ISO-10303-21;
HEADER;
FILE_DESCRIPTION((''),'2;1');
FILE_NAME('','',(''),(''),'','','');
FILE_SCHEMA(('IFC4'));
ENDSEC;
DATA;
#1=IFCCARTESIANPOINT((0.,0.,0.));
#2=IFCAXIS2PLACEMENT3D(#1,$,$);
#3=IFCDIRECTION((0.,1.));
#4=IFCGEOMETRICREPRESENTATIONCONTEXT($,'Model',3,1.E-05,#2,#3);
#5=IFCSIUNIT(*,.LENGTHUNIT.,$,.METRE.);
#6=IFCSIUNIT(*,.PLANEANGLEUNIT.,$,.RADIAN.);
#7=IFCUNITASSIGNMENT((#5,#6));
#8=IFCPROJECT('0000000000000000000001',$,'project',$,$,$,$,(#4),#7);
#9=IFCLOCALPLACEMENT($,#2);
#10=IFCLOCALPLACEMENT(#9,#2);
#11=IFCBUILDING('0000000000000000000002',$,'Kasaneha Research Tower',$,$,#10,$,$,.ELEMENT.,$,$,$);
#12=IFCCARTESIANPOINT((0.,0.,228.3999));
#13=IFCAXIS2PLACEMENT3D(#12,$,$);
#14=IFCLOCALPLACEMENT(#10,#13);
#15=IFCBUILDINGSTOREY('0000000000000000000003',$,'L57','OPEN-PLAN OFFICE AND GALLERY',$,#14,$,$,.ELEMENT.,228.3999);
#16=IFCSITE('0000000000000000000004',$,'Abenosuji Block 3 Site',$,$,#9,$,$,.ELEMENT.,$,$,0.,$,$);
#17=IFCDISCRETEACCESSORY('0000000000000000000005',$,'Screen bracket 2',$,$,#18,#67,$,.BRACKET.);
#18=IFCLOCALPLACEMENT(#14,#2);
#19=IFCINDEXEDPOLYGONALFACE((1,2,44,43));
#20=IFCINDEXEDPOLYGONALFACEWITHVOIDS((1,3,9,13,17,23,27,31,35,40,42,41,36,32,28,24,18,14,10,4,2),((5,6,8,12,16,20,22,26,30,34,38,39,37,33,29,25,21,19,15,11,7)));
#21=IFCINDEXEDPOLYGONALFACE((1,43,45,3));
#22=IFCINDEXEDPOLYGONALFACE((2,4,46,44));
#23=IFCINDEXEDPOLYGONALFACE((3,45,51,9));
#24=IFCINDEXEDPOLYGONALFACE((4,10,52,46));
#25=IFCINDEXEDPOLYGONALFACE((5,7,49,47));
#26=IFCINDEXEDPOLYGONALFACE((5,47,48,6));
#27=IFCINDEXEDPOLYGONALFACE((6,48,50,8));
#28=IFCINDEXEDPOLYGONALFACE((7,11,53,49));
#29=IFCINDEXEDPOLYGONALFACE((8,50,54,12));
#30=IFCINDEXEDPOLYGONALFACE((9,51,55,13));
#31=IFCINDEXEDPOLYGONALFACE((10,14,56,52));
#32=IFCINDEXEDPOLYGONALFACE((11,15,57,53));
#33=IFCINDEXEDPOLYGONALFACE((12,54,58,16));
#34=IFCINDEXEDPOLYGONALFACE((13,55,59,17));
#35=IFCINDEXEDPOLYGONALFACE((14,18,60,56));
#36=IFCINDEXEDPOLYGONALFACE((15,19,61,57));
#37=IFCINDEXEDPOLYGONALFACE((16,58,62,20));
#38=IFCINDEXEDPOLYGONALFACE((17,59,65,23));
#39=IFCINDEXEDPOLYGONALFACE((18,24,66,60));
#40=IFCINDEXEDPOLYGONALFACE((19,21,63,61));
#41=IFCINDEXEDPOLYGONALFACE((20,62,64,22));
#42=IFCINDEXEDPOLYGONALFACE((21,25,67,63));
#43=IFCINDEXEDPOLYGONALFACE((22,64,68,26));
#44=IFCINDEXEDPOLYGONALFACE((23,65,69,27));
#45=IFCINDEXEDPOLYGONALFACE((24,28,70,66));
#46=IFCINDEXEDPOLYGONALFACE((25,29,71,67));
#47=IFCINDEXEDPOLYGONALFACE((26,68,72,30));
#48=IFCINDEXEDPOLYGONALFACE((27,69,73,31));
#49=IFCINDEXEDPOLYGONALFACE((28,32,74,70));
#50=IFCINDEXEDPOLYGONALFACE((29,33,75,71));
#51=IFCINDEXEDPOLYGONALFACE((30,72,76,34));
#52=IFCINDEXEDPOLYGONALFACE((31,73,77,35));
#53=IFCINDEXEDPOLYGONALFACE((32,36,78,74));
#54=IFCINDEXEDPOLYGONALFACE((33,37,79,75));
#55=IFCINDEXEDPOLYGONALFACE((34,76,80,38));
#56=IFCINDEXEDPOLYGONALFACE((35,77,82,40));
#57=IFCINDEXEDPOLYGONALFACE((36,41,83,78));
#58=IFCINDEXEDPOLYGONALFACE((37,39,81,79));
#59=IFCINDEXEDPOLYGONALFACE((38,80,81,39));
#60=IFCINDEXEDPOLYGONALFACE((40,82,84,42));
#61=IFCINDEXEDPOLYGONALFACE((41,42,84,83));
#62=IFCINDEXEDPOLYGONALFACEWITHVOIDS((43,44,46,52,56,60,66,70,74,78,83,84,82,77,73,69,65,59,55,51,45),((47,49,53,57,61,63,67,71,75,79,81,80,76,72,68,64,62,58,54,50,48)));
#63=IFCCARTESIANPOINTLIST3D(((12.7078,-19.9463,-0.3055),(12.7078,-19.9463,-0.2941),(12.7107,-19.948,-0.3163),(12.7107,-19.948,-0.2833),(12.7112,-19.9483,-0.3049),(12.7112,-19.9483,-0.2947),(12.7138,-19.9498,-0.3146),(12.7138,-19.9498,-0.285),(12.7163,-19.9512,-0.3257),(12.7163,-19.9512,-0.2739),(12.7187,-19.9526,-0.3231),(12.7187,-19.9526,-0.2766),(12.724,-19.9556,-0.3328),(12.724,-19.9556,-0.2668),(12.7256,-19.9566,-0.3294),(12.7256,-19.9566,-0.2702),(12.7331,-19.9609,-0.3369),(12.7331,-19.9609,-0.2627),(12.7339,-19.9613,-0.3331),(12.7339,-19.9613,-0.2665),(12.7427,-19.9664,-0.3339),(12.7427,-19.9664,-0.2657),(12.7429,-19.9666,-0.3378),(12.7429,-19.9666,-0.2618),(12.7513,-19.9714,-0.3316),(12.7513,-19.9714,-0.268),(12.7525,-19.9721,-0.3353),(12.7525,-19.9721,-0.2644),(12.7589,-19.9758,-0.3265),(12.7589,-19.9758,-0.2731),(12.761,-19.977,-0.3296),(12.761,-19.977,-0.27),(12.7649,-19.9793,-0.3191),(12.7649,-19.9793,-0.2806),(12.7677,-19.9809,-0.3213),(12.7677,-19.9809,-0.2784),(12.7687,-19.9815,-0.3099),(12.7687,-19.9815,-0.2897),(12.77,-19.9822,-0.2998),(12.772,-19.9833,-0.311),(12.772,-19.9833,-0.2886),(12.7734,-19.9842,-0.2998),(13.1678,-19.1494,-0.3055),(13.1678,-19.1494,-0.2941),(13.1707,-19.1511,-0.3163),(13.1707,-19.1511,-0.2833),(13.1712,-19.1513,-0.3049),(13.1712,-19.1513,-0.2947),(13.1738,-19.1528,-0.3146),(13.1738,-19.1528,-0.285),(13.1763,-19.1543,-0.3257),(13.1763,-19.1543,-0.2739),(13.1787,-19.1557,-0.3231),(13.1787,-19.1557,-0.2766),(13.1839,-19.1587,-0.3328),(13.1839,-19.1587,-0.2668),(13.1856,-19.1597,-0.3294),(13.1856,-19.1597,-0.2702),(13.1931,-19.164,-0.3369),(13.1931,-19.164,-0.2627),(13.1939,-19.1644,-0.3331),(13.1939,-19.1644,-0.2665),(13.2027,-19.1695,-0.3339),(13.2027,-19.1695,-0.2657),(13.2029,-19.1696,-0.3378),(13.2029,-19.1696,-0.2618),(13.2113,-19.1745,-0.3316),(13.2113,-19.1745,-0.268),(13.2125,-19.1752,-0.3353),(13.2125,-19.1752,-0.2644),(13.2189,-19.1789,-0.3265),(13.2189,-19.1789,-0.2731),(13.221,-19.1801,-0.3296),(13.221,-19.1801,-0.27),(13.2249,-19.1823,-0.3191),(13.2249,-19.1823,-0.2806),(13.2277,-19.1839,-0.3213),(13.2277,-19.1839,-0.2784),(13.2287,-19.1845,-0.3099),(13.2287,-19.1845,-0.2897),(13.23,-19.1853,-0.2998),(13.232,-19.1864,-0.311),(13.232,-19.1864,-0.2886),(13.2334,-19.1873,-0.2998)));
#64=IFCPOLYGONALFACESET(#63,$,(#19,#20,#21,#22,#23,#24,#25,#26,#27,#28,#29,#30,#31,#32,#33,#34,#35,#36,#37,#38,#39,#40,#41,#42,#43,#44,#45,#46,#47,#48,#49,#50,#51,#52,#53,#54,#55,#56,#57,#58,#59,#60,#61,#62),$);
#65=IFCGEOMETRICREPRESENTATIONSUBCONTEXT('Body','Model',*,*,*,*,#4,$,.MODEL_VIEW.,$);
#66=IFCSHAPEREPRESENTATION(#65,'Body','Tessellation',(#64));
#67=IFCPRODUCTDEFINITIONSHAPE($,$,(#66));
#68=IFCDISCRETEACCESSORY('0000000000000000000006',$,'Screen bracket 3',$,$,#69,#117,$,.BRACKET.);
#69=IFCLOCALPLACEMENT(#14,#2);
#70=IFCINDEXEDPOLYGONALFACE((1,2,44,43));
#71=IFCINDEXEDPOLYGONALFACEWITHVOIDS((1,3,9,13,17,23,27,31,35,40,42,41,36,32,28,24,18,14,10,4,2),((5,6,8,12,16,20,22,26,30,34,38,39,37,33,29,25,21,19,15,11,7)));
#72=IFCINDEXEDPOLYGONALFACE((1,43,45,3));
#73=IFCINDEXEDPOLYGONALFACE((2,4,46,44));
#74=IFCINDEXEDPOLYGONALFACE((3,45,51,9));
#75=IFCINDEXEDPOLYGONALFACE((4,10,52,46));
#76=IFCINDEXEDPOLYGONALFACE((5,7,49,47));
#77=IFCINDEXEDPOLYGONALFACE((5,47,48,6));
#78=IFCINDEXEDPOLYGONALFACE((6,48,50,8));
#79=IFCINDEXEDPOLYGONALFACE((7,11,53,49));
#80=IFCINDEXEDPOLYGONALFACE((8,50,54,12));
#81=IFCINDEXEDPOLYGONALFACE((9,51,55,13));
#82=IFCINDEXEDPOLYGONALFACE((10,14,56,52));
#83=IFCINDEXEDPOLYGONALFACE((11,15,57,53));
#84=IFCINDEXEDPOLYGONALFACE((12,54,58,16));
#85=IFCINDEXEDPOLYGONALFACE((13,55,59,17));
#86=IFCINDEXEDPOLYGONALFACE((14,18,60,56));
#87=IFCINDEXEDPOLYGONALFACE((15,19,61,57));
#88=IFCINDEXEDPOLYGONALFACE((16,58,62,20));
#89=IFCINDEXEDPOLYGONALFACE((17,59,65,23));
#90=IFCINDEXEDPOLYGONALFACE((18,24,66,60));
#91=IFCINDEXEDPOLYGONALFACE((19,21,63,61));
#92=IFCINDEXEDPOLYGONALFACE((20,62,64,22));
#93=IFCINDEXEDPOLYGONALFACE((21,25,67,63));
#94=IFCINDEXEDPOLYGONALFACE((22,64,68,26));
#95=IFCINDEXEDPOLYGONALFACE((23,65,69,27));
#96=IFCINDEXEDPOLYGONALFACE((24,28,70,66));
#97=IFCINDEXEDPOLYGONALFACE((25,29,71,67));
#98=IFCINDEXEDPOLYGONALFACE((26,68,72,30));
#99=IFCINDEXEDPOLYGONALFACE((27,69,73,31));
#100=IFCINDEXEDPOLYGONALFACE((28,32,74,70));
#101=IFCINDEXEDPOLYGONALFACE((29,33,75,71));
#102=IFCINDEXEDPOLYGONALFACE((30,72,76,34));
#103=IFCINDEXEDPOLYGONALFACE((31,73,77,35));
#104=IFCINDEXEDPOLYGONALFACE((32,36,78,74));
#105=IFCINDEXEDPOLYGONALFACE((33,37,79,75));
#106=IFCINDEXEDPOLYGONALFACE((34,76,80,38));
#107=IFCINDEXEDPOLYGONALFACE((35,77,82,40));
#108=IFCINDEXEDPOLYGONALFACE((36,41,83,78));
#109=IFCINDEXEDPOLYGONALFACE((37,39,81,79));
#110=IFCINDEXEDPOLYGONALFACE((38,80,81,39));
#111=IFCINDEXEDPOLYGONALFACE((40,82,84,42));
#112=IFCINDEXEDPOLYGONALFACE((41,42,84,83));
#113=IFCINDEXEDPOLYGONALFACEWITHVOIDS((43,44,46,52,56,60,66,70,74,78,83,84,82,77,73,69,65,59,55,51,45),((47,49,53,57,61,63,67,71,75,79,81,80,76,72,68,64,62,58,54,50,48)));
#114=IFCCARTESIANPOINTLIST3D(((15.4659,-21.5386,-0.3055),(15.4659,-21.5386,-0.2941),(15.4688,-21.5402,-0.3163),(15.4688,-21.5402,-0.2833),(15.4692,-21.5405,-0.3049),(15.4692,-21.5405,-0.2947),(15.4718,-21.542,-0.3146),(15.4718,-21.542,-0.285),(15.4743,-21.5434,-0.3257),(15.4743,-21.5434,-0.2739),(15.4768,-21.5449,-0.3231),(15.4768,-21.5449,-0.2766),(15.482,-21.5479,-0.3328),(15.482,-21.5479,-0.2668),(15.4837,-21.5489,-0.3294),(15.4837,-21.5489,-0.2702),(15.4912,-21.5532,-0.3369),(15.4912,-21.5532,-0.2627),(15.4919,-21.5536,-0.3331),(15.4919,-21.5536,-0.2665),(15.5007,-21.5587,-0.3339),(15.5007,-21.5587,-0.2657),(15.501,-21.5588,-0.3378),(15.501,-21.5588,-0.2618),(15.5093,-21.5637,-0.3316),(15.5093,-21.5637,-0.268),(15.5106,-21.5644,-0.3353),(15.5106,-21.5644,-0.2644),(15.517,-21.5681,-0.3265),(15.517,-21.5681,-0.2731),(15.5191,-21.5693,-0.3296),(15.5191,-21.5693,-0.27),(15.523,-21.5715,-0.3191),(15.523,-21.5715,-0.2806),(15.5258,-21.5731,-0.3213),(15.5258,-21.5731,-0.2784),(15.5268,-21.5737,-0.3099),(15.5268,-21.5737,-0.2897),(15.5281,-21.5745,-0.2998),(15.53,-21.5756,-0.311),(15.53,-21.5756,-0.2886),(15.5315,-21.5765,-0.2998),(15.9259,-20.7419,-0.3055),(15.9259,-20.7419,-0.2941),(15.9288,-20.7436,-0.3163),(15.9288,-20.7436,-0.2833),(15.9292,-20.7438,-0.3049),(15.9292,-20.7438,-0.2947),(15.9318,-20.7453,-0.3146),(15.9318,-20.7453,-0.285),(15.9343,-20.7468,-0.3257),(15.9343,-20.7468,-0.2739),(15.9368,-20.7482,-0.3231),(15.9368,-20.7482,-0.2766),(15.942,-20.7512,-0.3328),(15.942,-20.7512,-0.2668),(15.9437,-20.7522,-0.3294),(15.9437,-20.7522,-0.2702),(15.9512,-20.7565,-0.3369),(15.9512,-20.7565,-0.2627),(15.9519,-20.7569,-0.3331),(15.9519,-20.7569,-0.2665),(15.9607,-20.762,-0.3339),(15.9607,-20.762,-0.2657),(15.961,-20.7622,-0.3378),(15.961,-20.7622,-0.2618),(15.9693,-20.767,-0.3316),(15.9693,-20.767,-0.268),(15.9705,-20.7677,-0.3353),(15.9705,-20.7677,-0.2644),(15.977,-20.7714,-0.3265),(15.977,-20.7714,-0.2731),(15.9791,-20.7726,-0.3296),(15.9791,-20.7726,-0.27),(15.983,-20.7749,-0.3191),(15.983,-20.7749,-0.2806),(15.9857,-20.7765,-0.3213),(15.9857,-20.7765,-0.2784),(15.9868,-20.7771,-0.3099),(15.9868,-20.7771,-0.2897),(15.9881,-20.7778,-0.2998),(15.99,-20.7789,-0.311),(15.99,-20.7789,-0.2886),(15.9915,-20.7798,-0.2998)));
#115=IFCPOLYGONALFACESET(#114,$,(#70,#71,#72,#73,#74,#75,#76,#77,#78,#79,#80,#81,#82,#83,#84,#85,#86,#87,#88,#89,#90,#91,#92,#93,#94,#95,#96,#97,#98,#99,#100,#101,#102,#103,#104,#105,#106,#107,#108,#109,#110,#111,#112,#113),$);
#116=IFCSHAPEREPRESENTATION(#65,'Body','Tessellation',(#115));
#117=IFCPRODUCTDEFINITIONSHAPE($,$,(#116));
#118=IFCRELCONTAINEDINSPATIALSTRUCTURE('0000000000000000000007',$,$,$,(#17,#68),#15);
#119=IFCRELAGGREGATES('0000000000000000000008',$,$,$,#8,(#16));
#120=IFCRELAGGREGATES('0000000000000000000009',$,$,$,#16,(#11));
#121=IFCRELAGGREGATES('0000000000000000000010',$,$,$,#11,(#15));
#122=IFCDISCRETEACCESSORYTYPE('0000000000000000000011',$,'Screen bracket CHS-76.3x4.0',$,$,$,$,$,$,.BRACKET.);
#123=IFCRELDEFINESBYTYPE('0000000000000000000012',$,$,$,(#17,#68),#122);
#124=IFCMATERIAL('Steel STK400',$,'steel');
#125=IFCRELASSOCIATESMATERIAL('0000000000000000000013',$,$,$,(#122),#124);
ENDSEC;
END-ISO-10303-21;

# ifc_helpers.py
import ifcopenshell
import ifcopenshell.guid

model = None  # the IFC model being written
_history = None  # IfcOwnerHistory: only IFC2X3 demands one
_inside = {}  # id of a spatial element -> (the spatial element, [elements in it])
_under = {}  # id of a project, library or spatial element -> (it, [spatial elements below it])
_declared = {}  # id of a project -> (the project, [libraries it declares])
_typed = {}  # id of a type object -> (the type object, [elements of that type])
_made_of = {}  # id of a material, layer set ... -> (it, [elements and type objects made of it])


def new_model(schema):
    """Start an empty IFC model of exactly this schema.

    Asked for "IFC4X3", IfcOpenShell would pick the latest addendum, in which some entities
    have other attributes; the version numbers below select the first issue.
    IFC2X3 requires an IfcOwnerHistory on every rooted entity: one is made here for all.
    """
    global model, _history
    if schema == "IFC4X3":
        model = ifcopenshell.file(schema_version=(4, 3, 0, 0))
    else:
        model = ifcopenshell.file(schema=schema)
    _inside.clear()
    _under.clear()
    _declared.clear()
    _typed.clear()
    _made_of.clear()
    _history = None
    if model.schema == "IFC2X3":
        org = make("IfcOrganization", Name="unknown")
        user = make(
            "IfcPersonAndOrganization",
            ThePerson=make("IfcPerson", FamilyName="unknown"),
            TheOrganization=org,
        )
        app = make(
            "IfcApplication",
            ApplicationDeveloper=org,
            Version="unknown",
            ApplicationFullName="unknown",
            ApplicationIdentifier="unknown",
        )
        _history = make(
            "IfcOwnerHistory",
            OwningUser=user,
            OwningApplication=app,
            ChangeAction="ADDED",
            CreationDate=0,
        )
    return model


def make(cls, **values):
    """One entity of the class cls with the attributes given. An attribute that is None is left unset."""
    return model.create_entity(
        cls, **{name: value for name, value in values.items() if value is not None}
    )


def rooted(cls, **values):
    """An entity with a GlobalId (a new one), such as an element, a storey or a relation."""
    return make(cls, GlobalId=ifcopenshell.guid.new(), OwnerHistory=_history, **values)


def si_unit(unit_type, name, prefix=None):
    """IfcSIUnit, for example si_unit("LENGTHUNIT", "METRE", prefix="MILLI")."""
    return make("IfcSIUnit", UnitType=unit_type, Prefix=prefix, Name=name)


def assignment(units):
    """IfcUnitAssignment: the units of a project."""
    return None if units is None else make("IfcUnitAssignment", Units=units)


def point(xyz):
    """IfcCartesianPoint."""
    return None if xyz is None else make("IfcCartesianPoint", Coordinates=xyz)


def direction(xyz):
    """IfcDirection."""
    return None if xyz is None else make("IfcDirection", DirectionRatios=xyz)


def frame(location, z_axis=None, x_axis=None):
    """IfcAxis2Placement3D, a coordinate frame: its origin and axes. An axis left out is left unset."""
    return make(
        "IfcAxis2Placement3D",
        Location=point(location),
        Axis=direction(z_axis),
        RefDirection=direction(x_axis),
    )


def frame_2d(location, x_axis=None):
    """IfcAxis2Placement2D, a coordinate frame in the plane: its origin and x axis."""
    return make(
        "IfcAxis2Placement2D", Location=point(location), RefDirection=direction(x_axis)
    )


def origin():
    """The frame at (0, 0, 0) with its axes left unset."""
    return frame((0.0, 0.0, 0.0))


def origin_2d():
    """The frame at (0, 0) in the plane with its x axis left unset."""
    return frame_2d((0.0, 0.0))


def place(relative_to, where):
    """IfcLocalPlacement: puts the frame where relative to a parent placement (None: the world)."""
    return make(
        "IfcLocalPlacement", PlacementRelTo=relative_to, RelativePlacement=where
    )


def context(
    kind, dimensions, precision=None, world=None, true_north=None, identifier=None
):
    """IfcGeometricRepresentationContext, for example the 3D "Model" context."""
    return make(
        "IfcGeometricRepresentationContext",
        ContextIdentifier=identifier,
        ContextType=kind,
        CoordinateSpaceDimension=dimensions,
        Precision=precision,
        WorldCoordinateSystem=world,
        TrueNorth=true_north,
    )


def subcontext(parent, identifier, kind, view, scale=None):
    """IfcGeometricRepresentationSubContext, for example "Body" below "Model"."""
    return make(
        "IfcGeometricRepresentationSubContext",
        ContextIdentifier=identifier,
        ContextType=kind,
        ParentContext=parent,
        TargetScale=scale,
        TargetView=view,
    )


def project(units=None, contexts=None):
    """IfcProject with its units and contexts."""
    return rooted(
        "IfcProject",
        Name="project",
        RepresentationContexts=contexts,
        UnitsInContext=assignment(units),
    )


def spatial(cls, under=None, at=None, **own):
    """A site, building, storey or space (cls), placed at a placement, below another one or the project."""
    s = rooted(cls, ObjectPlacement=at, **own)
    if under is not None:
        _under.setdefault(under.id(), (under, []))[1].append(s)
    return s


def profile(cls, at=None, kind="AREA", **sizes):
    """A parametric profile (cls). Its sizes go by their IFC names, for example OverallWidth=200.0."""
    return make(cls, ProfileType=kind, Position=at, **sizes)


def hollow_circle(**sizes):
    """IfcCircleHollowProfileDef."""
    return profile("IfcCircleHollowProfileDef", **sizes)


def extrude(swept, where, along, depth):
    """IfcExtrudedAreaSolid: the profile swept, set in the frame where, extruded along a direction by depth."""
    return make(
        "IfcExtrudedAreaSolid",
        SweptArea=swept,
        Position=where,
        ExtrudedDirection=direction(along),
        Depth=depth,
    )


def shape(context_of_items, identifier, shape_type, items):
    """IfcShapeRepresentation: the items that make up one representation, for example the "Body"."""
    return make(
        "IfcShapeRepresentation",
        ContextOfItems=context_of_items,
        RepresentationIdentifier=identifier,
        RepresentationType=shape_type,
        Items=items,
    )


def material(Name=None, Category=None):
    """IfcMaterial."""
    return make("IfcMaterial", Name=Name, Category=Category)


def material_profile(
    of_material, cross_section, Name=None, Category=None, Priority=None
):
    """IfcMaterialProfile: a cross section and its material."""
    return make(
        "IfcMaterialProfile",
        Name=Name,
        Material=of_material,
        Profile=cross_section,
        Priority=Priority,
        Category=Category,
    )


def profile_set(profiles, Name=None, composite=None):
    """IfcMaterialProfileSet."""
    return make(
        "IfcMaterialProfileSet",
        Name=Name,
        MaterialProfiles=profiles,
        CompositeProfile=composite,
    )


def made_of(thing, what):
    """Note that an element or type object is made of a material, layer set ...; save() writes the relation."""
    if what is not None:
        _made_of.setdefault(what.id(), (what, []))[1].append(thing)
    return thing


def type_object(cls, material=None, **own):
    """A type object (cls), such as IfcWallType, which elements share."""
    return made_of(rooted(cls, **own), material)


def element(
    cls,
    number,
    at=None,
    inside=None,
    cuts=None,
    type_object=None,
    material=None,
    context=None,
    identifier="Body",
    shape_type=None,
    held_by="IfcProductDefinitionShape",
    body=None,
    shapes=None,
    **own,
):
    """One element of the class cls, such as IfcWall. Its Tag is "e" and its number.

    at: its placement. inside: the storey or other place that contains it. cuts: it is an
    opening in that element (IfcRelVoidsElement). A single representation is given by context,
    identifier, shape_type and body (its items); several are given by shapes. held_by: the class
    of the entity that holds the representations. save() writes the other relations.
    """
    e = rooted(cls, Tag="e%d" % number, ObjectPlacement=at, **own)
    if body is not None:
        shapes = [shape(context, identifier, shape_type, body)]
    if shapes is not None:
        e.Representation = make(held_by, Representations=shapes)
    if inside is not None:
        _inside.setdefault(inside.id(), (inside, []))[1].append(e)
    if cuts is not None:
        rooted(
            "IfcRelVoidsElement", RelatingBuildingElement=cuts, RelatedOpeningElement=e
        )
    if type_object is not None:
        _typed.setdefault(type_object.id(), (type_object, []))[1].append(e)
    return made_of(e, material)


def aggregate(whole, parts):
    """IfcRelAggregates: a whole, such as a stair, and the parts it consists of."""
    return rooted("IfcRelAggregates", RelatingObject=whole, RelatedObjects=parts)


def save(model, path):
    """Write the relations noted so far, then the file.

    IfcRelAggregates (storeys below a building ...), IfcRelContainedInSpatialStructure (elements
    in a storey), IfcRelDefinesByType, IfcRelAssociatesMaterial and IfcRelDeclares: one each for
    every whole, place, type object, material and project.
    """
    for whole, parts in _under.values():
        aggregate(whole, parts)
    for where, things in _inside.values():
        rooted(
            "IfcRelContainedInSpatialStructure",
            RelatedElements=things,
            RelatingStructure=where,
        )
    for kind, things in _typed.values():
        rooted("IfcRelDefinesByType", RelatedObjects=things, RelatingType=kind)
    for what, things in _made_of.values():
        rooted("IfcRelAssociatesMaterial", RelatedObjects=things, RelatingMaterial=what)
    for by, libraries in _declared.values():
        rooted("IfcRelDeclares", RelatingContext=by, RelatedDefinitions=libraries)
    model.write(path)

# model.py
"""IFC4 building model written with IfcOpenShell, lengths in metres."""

from ifc_helpers import new_model, si_unit, direction, frame, origin, origin_2d, place, context, subcontext, project, spatial, hollow_circle, extrude, material, material_profile, profile_set, type_object, element, save


model = new_model("IFC4")

# Units and contexts
model_context = context("Model", 3, precision=1e-05, world=origin(), true_north=direction((0.0, 1.0)))
body_context = subcontext(model_context, "Body", "Model", "MODEL_VIEW")
ifc_project = project(units=[si_unit("LENGTHUNIT", "METRE"), si_unit("PLANEANGLEUNIT", "RADIAN")], contexts=[model_context])

# Site, building, storey
site_placement = place(None, origin())
site = spatial("IfcSite", under=ifc_project, at=site_placement, Name="Abenosuji Block 3 Site", CompositionType="ELEMENT", RefElevation=0.0)
building_placement = place(site_placement, origin())
building = spatial("IfcBuilding", under=site, at=building_placement, Name="Kasaneha Research Tower", CompositionType="ELEMENT")
storey_placement = place(building_placement, frame((0.0, 0.0, 228.3999)))
storey = spatial("IfcBuildingStorey", under=building, at=storey_placement, Name="L57", Description="OPEN-PLAN OFFICE AND GALLERY", CompositionType="ELEMENT", Elevation=228.3999)

# Discrete accessories
ifc_material_1 = material(Name="Steel STK400", Category="steel")
ifc_material_profile_1 = material_profile(ifc_material_1, hollow_circle(Radius=0.0381, WallThickness=0.0039, at=origin_2d()), Name="CHS-76.3x4.0")
ifc_profile_set_1 = profile_set([ifc_material_profile_1], Name="Steel STK400")
discrete_accessory_type = type_object("IfcDiscreteAccessoryType", Name="Screen bracket CHS-76.3x4.0", PredefinedType="BRACKET", material=ifc_profile_set_1)
discrete_accessory_1_placement = place(storey_placement, frame((13.2004, -19.1682, -0.2998), z_axis=(-0.499906, -0.86608, 0.0), x_axis=(0.86608, -0.499906, 0.0)))
element("IfcDiscreteAccessory", 1, at=discrete_accessory_1_placement, inside=storey, type_object=discrete_accessory_type, Name="Screen bracket 2", PredefinedType="BRACKET", context=body_context, shape_type="SweptSolid", body=[
    extrude(hollow_circle(Radius=0.0381, WallThickness=0.0039, at=origin_2d()), origin(), (0.0, 0.0, 1.0), 0.9202),
])
discrete_accessory_2_placement = place(storey_placement, frame((15.9585, -20.7607, -0.2998), z_axis=(-0.500021, -0.866013, 0.0), x_axis=(0.866013, -0.500021, 0.0)))
element("IfcDiscreteAccessory", 2, at=discrete_accessory_2_placement, inside=storey, type_object=discrete_accessory_type, Name="Screen bracket 3", PredefinedType="BRACKET", context=body_context, shape_type="SweptSolid", body=[
    extrude(hollow_circle(Radius=0.0381, WallThickness=0.0039, at=origin_2d()), origin(), (0.0, 0.0, 1.0), 0.9199),
])

save(model, "model.ifc")
